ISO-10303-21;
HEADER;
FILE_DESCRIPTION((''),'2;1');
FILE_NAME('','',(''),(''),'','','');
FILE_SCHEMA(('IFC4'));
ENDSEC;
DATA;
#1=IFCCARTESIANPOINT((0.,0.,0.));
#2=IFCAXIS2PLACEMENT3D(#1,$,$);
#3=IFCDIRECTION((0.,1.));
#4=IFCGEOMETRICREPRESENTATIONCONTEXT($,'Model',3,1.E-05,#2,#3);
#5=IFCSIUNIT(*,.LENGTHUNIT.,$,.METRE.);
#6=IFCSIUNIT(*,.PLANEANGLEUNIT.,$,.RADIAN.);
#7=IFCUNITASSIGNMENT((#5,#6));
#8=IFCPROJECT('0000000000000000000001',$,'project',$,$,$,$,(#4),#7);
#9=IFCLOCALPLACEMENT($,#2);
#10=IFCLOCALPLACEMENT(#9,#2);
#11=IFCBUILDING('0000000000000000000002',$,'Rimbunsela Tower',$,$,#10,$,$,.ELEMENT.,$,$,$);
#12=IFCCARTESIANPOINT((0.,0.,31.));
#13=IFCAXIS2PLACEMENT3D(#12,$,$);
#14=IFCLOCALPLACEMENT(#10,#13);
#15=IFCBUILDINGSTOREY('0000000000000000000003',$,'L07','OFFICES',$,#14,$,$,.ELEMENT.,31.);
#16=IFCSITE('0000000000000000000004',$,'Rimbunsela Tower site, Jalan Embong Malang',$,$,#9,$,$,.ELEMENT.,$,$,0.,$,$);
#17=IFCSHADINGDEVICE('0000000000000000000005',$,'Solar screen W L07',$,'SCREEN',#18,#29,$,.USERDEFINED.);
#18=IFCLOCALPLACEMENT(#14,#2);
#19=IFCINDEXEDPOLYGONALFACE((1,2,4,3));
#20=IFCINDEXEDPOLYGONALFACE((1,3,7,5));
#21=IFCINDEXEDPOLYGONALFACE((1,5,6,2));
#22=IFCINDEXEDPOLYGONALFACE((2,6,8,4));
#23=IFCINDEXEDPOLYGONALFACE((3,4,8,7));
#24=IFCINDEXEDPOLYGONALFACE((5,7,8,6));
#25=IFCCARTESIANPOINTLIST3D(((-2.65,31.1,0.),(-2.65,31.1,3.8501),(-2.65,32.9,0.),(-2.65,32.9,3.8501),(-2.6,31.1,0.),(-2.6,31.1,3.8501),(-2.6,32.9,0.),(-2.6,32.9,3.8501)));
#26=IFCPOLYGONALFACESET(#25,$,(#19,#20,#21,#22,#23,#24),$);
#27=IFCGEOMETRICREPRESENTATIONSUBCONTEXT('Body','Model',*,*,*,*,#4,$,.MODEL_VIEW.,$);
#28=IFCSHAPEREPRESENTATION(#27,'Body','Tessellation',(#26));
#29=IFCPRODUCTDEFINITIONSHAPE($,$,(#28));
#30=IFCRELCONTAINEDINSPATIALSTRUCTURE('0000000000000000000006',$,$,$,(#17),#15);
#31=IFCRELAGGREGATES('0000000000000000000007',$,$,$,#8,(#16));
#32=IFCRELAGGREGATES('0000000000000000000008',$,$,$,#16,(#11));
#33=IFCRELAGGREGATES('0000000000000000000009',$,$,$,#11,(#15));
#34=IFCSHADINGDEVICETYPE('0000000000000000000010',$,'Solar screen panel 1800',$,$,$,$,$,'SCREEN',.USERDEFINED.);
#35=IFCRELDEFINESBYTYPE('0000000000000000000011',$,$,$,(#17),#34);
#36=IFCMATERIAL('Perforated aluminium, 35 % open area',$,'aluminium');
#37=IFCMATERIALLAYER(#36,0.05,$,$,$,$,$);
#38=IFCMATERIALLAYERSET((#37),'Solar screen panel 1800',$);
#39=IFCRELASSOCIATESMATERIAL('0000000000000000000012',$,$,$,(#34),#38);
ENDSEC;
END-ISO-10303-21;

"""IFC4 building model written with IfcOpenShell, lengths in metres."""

from ifc_helpers import new_model, si_unit, direction, frame, origin, origin_2d, place, context, subcontext, project, spatial, rectangle, extrude, material, layer, layer_set, type_object, element, save


model = new_model("IFC4")

# Units and contexts
model_context = context("Model", 3, precision=1e-05, world=origin(), true_north=direction((0.0, 1.0)))
body_context = subcontext(model_context, "Body", "Model", "MODEL_VIEW")
ifc_project = project(units=[si_unit("LENGTHUNIT", "METRE"), si_unit("PLANEANGLEUNIT", "RADIAN")], contexts=[model_context])

# Site, building, storey
site_placement = place(None, origin())
site = spatial("IfcSite", under=ifc_project, at=site_placement, Name="Rimbunsela Tower site, Jalan Embong Malang", CompositionType="ELEMENT", RefElevation=0.0)
building_placement = place(site_placement, origin())
building = spatial("IfcBuilding", under=site, at=building_placement, Name="Rimbunsela Tower", CompositionType="ELEMENT")
storey_placement = place(building_placement, frame((0.0, 0.0, 31.0)))
storey = spatial("IfcBuildingStorey", under=building, at=storey_placement, Name="L07", Description="OFFICES", CompositionType="ELEMENT", Elevation=31.0)

# Shading device
ifc_material_1 = material(Name="Perforated aluminium, 35 % open area", Category="aluminium")
ifc_layer_1 = layer(ifc_material_1, 0.05)
ifc_layer_set_1 = layer_set([ifc_layer_1], Name="Solar screen panel 1800")
shading_device_type = type_object("IfcShadingDeviceType", Name="Solar screen panel 1800", ElementType="SCREEN", PredefinedType="USERDEFINED", material=ifc_layer_set_1)
for number, where, z_axis, x_axis, name in (
    (1, (-2.625, 32.0, 0.0), (0.0, 0.0, 1.0), (0.0, 1.0, 0.0), "Solar screen W L07"),
):
    element("IfcShadingDevice", number, at=place(storey_placement, frame(where, z_axis=z_axis, x_axis=x_axis)), inside=storey, type_object=shading_device_type, Name=name, ObjectType="SCREEN", PredefinedType="USERDEFINED", context=body_context, shape_type="SweptSolid", body=[
        extrude(rectangle(XDim=1.8, YDim=0.05, at=origin_2d()), origin(), (0.0, 0.0, 1.0), 3.8501),
    ])

save(model, "model.ifc")
